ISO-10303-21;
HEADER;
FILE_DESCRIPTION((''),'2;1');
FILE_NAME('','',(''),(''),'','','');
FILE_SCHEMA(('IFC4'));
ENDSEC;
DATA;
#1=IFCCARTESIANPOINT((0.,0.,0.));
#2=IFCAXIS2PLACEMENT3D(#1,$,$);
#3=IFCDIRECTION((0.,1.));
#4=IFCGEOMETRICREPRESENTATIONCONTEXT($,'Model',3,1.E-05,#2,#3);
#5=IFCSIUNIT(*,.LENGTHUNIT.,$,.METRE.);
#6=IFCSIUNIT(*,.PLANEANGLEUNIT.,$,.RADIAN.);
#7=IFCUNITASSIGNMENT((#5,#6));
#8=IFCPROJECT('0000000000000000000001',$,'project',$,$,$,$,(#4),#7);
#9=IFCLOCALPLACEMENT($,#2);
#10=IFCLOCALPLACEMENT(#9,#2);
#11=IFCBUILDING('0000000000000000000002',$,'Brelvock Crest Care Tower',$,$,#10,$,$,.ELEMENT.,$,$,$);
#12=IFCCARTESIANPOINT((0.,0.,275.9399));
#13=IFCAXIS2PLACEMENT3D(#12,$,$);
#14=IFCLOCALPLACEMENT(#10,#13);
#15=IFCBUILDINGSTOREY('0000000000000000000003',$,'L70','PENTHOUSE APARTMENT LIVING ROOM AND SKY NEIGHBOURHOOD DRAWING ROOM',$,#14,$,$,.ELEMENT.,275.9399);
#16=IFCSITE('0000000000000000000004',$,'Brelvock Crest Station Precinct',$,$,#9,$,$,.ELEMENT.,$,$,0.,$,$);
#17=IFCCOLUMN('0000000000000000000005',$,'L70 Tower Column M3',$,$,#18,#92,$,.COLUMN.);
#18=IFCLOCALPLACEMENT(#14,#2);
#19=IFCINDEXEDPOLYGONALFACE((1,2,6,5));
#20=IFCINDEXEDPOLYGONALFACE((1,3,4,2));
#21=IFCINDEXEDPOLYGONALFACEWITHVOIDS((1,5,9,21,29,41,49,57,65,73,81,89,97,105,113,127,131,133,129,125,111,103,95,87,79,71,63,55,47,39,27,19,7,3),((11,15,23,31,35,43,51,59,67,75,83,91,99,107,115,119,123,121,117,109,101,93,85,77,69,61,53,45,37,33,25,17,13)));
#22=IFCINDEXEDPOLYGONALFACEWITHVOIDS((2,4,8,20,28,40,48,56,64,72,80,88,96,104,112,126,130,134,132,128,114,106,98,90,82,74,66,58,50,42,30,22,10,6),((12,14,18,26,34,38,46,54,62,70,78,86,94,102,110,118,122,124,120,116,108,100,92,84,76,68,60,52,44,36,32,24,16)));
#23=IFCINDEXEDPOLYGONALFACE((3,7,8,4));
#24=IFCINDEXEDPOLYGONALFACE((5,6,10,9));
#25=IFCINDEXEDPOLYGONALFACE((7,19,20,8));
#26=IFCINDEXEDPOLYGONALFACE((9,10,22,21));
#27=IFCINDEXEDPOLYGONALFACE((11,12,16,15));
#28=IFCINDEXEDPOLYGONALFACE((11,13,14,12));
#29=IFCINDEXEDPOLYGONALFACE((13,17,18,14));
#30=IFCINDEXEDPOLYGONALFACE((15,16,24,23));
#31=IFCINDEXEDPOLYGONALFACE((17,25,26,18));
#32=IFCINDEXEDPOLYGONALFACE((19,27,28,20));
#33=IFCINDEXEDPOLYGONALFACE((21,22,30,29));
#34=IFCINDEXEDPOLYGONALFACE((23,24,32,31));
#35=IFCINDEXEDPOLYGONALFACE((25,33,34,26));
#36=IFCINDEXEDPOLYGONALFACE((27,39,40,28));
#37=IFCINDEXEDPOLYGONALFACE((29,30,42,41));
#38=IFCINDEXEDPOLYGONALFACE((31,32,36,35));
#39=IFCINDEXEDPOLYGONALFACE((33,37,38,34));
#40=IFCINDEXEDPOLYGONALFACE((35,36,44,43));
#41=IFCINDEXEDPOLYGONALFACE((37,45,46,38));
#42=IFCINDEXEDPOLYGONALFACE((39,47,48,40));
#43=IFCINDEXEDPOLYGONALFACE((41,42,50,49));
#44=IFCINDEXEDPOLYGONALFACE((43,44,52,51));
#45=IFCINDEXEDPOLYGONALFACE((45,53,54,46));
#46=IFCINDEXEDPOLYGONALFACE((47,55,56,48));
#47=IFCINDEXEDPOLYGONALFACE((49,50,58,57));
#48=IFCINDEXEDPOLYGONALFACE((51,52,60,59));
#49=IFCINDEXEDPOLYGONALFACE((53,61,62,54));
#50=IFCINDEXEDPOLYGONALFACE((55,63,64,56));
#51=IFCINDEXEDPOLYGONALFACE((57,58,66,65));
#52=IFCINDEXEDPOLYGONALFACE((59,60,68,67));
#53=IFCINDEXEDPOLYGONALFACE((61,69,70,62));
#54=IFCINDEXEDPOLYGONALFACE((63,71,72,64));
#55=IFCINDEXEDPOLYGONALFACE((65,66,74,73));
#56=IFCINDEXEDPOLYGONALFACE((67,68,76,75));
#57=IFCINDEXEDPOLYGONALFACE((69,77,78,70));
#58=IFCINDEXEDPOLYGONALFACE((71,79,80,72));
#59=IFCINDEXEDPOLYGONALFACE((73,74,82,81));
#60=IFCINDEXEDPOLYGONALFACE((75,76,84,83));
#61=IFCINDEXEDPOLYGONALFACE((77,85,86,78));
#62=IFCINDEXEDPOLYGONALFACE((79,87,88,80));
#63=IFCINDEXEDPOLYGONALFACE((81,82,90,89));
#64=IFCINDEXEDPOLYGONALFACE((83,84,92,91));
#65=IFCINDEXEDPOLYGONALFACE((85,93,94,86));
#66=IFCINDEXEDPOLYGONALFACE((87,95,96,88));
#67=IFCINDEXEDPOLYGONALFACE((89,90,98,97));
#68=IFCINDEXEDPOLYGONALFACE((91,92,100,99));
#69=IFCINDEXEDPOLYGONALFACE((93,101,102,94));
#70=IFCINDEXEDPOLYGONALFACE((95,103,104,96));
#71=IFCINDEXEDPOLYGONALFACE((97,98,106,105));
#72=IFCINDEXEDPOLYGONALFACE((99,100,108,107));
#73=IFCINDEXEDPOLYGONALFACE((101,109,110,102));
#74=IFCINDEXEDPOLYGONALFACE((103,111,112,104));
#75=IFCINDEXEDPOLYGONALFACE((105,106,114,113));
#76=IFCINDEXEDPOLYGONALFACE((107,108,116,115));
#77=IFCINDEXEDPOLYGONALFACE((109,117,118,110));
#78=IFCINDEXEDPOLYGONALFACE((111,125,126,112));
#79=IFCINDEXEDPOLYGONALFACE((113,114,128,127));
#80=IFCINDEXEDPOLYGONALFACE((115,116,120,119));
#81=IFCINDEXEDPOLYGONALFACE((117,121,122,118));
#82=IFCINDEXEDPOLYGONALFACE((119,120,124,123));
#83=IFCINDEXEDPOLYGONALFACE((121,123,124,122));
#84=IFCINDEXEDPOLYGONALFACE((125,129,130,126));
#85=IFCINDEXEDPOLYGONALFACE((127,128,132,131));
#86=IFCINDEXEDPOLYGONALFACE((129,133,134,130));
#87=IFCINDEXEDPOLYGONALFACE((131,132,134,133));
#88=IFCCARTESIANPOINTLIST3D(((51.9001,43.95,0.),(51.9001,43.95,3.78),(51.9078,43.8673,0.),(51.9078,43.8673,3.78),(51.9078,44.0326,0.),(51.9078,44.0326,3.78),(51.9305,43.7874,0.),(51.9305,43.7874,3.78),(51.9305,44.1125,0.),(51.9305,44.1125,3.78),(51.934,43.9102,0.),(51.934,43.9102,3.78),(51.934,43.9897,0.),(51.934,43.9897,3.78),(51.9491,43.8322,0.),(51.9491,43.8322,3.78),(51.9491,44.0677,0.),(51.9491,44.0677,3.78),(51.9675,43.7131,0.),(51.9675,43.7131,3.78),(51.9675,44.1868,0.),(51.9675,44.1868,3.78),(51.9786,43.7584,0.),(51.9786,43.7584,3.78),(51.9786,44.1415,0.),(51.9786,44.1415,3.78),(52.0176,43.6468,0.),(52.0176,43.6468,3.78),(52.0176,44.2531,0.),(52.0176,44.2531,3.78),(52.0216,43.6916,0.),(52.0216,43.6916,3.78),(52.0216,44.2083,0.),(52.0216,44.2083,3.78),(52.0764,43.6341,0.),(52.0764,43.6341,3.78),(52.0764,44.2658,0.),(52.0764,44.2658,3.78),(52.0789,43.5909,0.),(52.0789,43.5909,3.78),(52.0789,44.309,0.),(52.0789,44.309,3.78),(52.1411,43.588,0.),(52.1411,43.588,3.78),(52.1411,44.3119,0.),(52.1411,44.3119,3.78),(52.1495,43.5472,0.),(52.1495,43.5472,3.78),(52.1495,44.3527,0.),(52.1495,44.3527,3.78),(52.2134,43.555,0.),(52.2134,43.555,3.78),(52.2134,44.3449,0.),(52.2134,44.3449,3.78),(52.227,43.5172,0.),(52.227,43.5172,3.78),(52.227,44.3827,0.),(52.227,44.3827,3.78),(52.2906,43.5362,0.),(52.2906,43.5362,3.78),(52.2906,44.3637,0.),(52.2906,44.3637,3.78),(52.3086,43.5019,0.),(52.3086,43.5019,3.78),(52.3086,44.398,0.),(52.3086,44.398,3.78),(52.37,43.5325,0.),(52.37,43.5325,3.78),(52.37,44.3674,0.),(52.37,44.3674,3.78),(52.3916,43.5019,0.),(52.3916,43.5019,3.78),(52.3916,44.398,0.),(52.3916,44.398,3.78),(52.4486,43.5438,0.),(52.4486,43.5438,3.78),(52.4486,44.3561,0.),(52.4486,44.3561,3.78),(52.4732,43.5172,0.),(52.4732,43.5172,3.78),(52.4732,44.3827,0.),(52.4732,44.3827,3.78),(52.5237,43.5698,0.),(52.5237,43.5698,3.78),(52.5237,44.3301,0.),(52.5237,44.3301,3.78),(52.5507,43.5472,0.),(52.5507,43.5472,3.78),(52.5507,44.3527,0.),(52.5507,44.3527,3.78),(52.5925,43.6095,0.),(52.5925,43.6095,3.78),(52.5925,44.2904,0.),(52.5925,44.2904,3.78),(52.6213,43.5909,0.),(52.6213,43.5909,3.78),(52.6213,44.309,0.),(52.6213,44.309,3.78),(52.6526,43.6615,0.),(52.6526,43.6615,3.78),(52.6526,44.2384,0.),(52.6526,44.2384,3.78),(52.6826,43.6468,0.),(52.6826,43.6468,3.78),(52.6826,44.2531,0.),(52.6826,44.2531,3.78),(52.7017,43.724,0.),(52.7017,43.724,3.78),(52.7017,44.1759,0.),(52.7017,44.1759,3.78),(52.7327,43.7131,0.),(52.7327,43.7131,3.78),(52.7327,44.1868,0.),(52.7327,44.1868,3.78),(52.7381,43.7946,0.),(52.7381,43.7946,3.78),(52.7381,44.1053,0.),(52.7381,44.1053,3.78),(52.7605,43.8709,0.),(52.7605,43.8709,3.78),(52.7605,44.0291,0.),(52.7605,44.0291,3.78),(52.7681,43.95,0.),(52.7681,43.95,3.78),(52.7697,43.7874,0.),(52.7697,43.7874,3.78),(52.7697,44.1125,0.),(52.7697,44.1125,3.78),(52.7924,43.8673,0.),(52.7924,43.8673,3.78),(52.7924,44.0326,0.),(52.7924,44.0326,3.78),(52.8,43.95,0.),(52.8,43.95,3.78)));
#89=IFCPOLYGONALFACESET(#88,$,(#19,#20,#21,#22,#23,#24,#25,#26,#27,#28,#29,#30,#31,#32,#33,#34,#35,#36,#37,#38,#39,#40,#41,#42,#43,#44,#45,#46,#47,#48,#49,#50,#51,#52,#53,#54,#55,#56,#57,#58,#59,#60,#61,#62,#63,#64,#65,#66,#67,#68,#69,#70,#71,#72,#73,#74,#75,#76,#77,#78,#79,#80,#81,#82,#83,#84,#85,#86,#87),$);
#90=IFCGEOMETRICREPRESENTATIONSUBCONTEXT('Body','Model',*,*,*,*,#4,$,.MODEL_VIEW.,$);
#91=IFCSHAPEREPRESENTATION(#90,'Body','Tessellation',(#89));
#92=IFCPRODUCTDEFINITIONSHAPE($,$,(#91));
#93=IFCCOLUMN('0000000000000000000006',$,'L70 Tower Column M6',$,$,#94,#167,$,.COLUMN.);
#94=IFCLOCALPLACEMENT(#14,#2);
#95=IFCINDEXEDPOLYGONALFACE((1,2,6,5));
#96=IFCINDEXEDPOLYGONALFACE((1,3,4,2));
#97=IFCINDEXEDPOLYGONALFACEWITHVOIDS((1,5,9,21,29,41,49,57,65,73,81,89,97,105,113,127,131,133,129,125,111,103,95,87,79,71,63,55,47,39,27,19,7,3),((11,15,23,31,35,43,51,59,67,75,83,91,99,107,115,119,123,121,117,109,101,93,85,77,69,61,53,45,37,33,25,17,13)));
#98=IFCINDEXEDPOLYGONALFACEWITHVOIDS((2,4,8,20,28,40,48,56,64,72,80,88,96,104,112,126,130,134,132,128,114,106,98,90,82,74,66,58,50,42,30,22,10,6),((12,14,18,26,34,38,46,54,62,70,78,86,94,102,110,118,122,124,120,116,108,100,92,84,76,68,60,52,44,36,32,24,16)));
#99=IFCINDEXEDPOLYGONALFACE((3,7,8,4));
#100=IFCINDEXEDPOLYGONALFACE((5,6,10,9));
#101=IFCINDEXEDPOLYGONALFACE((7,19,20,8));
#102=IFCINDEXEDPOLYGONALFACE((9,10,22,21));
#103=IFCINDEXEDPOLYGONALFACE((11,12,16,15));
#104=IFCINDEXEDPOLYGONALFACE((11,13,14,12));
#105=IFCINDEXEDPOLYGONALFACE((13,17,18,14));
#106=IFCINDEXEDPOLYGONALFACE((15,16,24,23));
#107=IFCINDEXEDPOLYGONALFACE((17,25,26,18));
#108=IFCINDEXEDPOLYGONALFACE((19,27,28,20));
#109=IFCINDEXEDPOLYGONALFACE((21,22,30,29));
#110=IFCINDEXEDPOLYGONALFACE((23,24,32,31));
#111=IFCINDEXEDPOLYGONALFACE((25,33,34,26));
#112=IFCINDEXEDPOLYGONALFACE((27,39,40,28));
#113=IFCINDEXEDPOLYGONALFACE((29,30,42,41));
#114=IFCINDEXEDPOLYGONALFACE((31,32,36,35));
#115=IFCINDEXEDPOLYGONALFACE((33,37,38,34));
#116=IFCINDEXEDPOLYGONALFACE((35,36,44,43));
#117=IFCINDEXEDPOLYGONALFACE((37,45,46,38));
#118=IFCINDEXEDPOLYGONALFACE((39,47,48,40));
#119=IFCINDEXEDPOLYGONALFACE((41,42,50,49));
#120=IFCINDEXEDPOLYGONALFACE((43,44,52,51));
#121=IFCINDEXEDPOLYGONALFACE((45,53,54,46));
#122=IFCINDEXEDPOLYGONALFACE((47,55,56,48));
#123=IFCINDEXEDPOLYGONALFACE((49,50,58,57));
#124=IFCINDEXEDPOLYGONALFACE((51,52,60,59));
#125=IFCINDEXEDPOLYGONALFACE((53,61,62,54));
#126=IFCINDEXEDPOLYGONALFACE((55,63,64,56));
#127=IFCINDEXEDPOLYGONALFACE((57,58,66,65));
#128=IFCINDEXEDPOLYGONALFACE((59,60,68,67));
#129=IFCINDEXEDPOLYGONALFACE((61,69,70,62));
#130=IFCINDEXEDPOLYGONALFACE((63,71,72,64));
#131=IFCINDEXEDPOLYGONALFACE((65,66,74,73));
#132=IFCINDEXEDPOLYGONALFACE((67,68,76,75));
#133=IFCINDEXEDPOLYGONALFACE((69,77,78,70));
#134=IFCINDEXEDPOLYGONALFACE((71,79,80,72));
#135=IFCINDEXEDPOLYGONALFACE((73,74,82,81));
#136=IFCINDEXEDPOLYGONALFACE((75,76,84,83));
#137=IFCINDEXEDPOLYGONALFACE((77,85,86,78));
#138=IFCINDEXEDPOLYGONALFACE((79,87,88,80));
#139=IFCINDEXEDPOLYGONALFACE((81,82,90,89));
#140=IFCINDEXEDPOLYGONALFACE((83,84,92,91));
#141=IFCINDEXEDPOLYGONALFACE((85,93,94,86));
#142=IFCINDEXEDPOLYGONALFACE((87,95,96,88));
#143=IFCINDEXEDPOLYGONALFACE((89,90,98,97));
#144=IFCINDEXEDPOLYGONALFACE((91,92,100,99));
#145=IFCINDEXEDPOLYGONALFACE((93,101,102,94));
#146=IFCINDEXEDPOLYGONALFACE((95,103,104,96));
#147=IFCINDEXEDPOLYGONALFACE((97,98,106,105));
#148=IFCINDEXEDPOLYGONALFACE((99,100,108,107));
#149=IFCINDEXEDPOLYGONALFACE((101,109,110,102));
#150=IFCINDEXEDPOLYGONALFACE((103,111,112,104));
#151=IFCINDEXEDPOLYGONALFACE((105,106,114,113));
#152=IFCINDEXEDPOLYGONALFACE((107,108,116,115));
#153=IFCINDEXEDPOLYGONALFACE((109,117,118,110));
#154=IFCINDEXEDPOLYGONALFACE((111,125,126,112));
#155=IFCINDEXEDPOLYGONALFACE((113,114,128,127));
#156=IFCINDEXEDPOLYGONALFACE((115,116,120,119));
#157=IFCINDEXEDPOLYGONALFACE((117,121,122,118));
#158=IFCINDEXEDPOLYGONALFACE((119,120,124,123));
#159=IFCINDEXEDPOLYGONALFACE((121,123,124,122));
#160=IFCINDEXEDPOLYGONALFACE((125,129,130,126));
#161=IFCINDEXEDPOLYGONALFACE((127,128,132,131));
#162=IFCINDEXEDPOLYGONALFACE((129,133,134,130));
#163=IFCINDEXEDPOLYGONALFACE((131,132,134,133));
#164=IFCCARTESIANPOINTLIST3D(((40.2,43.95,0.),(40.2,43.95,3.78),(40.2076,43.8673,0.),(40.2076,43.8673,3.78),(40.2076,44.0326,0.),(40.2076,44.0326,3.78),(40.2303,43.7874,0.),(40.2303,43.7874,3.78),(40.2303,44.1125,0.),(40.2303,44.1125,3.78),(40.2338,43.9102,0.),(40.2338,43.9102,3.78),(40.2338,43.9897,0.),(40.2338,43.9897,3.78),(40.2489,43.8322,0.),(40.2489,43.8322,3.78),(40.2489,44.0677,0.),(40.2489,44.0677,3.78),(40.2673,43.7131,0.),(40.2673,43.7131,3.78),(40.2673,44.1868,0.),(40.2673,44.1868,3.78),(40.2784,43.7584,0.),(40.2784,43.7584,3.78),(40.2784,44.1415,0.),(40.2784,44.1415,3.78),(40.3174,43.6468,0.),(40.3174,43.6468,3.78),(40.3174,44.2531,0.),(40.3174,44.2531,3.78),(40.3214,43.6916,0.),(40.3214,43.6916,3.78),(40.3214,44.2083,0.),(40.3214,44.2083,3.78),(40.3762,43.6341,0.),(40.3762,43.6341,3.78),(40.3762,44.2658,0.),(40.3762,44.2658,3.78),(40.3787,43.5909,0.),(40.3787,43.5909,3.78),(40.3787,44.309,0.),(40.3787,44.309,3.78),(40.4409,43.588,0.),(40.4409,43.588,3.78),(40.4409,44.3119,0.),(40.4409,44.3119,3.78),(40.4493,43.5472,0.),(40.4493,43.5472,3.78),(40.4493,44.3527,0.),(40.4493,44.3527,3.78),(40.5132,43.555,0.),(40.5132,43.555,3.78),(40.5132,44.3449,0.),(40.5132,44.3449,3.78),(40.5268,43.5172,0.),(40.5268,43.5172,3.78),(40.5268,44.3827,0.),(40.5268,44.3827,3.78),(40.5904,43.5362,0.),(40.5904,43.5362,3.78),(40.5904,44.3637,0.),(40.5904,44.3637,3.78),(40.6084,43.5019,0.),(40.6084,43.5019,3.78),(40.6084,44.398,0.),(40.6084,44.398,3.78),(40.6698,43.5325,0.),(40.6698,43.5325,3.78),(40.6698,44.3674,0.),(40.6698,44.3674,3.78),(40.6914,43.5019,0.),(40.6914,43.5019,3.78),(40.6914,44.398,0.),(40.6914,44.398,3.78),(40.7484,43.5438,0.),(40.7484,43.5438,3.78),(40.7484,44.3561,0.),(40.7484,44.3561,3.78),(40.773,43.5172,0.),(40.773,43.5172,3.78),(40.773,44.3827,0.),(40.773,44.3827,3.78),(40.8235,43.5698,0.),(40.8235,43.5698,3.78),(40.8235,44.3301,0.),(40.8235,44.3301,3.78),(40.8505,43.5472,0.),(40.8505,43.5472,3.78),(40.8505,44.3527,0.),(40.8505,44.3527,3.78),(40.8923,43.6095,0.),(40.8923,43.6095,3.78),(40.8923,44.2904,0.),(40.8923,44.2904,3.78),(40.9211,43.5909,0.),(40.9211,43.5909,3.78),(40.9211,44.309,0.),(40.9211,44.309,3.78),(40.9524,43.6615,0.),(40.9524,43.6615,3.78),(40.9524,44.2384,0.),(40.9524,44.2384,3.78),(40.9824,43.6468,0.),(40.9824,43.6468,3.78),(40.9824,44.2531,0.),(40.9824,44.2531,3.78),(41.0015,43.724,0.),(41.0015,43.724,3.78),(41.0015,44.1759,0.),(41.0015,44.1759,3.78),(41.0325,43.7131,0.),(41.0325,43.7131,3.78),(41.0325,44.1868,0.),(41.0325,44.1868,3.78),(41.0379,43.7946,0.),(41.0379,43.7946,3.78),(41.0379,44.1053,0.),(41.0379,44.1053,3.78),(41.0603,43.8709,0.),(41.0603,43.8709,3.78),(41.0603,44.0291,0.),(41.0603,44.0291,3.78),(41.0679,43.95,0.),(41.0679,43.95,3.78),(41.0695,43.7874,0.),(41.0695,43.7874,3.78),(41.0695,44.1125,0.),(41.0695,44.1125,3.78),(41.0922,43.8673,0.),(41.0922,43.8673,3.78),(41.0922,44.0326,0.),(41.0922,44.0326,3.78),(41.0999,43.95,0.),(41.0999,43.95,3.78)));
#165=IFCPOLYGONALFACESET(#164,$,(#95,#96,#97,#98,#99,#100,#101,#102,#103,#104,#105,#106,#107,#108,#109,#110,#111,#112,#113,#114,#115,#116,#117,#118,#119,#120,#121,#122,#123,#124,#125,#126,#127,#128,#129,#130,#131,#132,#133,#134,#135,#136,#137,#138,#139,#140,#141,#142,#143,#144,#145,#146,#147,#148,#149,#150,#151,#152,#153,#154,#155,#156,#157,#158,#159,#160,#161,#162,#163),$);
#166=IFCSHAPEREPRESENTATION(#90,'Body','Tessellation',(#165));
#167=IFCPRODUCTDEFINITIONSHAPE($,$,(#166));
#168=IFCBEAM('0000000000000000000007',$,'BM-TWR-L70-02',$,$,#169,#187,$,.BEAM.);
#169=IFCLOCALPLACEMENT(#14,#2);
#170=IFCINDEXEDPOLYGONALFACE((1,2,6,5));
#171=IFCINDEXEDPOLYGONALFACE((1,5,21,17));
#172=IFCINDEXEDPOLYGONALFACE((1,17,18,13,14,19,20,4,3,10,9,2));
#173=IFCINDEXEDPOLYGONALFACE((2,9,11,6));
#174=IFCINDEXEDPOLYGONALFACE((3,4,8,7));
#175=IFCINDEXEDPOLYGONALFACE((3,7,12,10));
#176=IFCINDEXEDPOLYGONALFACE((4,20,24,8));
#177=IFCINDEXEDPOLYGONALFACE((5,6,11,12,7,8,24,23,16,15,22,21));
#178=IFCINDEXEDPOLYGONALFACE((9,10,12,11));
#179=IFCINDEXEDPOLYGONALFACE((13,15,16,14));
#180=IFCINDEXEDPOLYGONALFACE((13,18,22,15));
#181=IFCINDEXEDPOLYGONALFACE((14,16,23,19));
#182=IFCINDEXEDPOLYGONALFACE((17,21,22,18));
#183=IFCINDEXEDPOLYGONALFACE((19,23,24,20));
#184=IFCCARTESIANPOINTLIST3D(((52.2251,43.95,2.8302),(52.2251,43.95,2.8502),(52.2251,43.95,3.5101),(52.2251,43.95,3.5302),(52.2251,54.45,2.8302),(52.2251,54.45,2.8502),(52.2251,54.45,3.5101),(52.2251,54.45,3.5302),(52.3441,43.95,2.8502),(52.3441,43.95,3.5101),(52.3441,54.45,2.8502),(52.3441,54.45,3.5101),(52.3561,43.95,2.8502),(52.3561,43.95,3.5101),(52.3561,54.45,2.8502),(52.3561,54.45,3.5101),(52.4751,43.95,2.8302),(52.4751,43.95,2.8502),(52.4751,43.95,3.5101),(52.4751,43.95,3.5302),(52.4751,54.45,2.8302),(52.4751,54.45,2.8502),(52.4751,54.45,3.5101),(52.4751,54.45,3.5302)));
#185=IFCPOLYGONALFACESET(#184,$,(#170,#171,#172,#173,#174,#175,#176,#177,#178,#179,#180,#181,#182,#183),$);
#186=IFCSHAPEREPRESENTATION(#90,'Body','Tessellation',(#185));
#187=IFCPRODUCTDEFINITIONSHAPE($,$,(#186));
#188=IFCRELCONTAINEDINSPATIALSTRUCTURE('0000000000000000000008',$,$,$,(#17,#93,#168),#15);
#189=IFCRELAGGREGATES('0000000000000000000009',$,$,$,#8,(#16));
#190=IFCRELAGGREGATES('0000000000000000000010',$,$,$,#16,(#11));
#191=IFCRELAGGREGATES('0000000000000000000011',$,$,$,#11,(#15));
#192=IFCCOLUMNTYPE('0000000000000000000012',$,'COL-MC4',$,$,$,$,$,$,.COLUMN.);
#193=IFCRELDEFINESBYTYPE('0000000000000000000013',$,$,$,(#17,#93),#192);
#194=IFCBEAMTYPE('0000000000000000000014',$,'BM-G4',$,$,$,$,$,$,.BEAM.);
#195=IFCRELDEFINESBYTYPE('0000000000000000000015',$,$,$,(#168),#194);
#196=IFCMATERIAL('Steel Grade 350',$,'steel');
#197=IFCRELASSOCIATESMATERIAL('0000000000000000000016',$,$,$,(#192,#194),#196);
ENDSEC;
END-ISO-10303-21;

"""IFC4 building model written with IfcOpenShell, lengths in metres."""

from ifc_helpers import new_model, si_unit, direction, frame, origin, origin_2d, place, context, subcontext, project, spatial, hollow_circle, i_section, extrude, source, transform, mapped, material, material_profile, profile_set, type_object, element, save


model = new_model("IFC4")

# Units and contexts
model_context = context("Model", 3, precision=1e-05, world=origin(), true_north=direction((0.0, 1.0)))
body_context = subcontext(model_context, "Body", "Model", "MODEL_VIEW")
ifc_project = project(units=[si_unit("LENGTHUNIT", "METRE"), si_unit("PLANEANGLEUNIT", "RADIAN")], contexts=[model_context])

# Site, building, storey
site_placement = place(None, origin())
site = spatial("IfcSite", under=ifc_project, at=site_placement, Name="Brelvock Crest Station Precinct", CompositionType="ELEMENT", RefElevation=0.0)
building_placement = place(site_placement, origin())
building = spatial("IfcBuilding", under=site, at=building_placement, Name="Brelvock Crest Care Tower", CompositionType="ELEMENT")
storey_placement = place(building_placement, frame((0.0, 0.0, 275.9399)))
storey = spatial("IfcBuildingStorey", under=building, at=storey_placement, Name="L70", Description="PENTHOUSE APARTMENT LIVING ROOM AND SKY NEIGHBOURHOOD DRAWING ROOM", CompositionType="ELEMENT", Elevation=275.9399)

# Columns
ifc_material_1 = material(Name="Steel Grade 350", Category="steel")
ifc_material_profile_1 = material_profile(ifc_material_1, hollow_circle(Radius=0.45, WallThickness=0.032, at=origin_2d()), Name="CFT900x32")
ifc_profile_set_1 = profile_set([ifc_material_profile_1], Name="Steel Grade 350")
column_type = type_object("IfcColumnType", Name="COL-MC4", PredefinedType="COLUMN", material=ifc_profile_set_1)
shared_shape_1 = source(origin(), body_context, "Body", "SweptSolid", [
    extrude(hollow_circle(Radius=0.45, WallThickness=0.032, at=origin_2d()), origin(), (0.0, 0.0, 1.0), 3.78),
])
for number, where, z_axis, x_axis, name in (
    (1, (52.3501, 43.95, 0.0), (0.0, 0.0, 1.0), (1.0, 0.0, 0.0), "L70 Tower Column M3"),
    (2, (40.6499, 43.95, 0.0), (0.0, 0.0, 1.0), (1.0, 0.0, 0.0), "L70 Tower Column M6"),
):
    element("IfcColumn", number, at=place(storey_placement, frame(where, z_axis=z_axis, x_axis=x_axis)), inside=storey, type_object=column_type, Name=name, PredefinedType="COLUMN", context=body_context, shape_type="MappedRepresentation", body=[
        mapped(shared_shape_1, transform((0.0, 0.0, 0.0), x_axis=(1.0, 0.0, 0.0), y_axis=(0.0, 1.0, 0.0), z_axis=(0.0, 0.0, 1.0), scale=1.0)),
    ])

# Beam
ifc_material_profile_2 = material_profile(ifc_material_1, i_section(OverallWidth=0.25, OverallDepth=0.7, WebThickness=0.012, FlangeThickness=0.02, at=origin_2d()), Name="700WB150")
ifc_profile_set_2 = profile_set([ifc_material_profile_2], Name="Steel Grade 350")
beam_type_1 = type_object("IfcBeamType", Name="BM-G4", PredefinedType="BEAM", material=ifc_profile_set_2)
shared_shape_2 = source(origin(), body_context, "Body", "SweptSolid", [
    extrude(i_section(OverallWidth=0.25, OverallDepth=0.7, WebThickness=0.012, FlangeThickness=0.02, at=origin_2d()), origin(), (0.0, 0.0, 1.0), 10.5),
])
beam_1_placement = place(storey_placement, frame((52.3501, 43.95, 3.1802), z_axis=(0.0, 1.0, 0.0), x_axis=(-1.0, 0.0, 0.0)))
element("IfcBeam", 3, at=beam_1_placement, inside=storey, type_object=beam_type_1, Name="BM-TWR-L70-02", PredefinedType="BEAM", context=body_context, shape_type="MappedRepresentation", body=[
    mapped(shared_shape_2, transform((0.0, 0.0, 0.0), x_axis=(1.0, 0.0, 0.0), y_axis=(0.0, 1.0, 0.0), z_axis=(0.0, 0.0, 1.0), scale=1.0)),
])

save(model, "model.ifc")
